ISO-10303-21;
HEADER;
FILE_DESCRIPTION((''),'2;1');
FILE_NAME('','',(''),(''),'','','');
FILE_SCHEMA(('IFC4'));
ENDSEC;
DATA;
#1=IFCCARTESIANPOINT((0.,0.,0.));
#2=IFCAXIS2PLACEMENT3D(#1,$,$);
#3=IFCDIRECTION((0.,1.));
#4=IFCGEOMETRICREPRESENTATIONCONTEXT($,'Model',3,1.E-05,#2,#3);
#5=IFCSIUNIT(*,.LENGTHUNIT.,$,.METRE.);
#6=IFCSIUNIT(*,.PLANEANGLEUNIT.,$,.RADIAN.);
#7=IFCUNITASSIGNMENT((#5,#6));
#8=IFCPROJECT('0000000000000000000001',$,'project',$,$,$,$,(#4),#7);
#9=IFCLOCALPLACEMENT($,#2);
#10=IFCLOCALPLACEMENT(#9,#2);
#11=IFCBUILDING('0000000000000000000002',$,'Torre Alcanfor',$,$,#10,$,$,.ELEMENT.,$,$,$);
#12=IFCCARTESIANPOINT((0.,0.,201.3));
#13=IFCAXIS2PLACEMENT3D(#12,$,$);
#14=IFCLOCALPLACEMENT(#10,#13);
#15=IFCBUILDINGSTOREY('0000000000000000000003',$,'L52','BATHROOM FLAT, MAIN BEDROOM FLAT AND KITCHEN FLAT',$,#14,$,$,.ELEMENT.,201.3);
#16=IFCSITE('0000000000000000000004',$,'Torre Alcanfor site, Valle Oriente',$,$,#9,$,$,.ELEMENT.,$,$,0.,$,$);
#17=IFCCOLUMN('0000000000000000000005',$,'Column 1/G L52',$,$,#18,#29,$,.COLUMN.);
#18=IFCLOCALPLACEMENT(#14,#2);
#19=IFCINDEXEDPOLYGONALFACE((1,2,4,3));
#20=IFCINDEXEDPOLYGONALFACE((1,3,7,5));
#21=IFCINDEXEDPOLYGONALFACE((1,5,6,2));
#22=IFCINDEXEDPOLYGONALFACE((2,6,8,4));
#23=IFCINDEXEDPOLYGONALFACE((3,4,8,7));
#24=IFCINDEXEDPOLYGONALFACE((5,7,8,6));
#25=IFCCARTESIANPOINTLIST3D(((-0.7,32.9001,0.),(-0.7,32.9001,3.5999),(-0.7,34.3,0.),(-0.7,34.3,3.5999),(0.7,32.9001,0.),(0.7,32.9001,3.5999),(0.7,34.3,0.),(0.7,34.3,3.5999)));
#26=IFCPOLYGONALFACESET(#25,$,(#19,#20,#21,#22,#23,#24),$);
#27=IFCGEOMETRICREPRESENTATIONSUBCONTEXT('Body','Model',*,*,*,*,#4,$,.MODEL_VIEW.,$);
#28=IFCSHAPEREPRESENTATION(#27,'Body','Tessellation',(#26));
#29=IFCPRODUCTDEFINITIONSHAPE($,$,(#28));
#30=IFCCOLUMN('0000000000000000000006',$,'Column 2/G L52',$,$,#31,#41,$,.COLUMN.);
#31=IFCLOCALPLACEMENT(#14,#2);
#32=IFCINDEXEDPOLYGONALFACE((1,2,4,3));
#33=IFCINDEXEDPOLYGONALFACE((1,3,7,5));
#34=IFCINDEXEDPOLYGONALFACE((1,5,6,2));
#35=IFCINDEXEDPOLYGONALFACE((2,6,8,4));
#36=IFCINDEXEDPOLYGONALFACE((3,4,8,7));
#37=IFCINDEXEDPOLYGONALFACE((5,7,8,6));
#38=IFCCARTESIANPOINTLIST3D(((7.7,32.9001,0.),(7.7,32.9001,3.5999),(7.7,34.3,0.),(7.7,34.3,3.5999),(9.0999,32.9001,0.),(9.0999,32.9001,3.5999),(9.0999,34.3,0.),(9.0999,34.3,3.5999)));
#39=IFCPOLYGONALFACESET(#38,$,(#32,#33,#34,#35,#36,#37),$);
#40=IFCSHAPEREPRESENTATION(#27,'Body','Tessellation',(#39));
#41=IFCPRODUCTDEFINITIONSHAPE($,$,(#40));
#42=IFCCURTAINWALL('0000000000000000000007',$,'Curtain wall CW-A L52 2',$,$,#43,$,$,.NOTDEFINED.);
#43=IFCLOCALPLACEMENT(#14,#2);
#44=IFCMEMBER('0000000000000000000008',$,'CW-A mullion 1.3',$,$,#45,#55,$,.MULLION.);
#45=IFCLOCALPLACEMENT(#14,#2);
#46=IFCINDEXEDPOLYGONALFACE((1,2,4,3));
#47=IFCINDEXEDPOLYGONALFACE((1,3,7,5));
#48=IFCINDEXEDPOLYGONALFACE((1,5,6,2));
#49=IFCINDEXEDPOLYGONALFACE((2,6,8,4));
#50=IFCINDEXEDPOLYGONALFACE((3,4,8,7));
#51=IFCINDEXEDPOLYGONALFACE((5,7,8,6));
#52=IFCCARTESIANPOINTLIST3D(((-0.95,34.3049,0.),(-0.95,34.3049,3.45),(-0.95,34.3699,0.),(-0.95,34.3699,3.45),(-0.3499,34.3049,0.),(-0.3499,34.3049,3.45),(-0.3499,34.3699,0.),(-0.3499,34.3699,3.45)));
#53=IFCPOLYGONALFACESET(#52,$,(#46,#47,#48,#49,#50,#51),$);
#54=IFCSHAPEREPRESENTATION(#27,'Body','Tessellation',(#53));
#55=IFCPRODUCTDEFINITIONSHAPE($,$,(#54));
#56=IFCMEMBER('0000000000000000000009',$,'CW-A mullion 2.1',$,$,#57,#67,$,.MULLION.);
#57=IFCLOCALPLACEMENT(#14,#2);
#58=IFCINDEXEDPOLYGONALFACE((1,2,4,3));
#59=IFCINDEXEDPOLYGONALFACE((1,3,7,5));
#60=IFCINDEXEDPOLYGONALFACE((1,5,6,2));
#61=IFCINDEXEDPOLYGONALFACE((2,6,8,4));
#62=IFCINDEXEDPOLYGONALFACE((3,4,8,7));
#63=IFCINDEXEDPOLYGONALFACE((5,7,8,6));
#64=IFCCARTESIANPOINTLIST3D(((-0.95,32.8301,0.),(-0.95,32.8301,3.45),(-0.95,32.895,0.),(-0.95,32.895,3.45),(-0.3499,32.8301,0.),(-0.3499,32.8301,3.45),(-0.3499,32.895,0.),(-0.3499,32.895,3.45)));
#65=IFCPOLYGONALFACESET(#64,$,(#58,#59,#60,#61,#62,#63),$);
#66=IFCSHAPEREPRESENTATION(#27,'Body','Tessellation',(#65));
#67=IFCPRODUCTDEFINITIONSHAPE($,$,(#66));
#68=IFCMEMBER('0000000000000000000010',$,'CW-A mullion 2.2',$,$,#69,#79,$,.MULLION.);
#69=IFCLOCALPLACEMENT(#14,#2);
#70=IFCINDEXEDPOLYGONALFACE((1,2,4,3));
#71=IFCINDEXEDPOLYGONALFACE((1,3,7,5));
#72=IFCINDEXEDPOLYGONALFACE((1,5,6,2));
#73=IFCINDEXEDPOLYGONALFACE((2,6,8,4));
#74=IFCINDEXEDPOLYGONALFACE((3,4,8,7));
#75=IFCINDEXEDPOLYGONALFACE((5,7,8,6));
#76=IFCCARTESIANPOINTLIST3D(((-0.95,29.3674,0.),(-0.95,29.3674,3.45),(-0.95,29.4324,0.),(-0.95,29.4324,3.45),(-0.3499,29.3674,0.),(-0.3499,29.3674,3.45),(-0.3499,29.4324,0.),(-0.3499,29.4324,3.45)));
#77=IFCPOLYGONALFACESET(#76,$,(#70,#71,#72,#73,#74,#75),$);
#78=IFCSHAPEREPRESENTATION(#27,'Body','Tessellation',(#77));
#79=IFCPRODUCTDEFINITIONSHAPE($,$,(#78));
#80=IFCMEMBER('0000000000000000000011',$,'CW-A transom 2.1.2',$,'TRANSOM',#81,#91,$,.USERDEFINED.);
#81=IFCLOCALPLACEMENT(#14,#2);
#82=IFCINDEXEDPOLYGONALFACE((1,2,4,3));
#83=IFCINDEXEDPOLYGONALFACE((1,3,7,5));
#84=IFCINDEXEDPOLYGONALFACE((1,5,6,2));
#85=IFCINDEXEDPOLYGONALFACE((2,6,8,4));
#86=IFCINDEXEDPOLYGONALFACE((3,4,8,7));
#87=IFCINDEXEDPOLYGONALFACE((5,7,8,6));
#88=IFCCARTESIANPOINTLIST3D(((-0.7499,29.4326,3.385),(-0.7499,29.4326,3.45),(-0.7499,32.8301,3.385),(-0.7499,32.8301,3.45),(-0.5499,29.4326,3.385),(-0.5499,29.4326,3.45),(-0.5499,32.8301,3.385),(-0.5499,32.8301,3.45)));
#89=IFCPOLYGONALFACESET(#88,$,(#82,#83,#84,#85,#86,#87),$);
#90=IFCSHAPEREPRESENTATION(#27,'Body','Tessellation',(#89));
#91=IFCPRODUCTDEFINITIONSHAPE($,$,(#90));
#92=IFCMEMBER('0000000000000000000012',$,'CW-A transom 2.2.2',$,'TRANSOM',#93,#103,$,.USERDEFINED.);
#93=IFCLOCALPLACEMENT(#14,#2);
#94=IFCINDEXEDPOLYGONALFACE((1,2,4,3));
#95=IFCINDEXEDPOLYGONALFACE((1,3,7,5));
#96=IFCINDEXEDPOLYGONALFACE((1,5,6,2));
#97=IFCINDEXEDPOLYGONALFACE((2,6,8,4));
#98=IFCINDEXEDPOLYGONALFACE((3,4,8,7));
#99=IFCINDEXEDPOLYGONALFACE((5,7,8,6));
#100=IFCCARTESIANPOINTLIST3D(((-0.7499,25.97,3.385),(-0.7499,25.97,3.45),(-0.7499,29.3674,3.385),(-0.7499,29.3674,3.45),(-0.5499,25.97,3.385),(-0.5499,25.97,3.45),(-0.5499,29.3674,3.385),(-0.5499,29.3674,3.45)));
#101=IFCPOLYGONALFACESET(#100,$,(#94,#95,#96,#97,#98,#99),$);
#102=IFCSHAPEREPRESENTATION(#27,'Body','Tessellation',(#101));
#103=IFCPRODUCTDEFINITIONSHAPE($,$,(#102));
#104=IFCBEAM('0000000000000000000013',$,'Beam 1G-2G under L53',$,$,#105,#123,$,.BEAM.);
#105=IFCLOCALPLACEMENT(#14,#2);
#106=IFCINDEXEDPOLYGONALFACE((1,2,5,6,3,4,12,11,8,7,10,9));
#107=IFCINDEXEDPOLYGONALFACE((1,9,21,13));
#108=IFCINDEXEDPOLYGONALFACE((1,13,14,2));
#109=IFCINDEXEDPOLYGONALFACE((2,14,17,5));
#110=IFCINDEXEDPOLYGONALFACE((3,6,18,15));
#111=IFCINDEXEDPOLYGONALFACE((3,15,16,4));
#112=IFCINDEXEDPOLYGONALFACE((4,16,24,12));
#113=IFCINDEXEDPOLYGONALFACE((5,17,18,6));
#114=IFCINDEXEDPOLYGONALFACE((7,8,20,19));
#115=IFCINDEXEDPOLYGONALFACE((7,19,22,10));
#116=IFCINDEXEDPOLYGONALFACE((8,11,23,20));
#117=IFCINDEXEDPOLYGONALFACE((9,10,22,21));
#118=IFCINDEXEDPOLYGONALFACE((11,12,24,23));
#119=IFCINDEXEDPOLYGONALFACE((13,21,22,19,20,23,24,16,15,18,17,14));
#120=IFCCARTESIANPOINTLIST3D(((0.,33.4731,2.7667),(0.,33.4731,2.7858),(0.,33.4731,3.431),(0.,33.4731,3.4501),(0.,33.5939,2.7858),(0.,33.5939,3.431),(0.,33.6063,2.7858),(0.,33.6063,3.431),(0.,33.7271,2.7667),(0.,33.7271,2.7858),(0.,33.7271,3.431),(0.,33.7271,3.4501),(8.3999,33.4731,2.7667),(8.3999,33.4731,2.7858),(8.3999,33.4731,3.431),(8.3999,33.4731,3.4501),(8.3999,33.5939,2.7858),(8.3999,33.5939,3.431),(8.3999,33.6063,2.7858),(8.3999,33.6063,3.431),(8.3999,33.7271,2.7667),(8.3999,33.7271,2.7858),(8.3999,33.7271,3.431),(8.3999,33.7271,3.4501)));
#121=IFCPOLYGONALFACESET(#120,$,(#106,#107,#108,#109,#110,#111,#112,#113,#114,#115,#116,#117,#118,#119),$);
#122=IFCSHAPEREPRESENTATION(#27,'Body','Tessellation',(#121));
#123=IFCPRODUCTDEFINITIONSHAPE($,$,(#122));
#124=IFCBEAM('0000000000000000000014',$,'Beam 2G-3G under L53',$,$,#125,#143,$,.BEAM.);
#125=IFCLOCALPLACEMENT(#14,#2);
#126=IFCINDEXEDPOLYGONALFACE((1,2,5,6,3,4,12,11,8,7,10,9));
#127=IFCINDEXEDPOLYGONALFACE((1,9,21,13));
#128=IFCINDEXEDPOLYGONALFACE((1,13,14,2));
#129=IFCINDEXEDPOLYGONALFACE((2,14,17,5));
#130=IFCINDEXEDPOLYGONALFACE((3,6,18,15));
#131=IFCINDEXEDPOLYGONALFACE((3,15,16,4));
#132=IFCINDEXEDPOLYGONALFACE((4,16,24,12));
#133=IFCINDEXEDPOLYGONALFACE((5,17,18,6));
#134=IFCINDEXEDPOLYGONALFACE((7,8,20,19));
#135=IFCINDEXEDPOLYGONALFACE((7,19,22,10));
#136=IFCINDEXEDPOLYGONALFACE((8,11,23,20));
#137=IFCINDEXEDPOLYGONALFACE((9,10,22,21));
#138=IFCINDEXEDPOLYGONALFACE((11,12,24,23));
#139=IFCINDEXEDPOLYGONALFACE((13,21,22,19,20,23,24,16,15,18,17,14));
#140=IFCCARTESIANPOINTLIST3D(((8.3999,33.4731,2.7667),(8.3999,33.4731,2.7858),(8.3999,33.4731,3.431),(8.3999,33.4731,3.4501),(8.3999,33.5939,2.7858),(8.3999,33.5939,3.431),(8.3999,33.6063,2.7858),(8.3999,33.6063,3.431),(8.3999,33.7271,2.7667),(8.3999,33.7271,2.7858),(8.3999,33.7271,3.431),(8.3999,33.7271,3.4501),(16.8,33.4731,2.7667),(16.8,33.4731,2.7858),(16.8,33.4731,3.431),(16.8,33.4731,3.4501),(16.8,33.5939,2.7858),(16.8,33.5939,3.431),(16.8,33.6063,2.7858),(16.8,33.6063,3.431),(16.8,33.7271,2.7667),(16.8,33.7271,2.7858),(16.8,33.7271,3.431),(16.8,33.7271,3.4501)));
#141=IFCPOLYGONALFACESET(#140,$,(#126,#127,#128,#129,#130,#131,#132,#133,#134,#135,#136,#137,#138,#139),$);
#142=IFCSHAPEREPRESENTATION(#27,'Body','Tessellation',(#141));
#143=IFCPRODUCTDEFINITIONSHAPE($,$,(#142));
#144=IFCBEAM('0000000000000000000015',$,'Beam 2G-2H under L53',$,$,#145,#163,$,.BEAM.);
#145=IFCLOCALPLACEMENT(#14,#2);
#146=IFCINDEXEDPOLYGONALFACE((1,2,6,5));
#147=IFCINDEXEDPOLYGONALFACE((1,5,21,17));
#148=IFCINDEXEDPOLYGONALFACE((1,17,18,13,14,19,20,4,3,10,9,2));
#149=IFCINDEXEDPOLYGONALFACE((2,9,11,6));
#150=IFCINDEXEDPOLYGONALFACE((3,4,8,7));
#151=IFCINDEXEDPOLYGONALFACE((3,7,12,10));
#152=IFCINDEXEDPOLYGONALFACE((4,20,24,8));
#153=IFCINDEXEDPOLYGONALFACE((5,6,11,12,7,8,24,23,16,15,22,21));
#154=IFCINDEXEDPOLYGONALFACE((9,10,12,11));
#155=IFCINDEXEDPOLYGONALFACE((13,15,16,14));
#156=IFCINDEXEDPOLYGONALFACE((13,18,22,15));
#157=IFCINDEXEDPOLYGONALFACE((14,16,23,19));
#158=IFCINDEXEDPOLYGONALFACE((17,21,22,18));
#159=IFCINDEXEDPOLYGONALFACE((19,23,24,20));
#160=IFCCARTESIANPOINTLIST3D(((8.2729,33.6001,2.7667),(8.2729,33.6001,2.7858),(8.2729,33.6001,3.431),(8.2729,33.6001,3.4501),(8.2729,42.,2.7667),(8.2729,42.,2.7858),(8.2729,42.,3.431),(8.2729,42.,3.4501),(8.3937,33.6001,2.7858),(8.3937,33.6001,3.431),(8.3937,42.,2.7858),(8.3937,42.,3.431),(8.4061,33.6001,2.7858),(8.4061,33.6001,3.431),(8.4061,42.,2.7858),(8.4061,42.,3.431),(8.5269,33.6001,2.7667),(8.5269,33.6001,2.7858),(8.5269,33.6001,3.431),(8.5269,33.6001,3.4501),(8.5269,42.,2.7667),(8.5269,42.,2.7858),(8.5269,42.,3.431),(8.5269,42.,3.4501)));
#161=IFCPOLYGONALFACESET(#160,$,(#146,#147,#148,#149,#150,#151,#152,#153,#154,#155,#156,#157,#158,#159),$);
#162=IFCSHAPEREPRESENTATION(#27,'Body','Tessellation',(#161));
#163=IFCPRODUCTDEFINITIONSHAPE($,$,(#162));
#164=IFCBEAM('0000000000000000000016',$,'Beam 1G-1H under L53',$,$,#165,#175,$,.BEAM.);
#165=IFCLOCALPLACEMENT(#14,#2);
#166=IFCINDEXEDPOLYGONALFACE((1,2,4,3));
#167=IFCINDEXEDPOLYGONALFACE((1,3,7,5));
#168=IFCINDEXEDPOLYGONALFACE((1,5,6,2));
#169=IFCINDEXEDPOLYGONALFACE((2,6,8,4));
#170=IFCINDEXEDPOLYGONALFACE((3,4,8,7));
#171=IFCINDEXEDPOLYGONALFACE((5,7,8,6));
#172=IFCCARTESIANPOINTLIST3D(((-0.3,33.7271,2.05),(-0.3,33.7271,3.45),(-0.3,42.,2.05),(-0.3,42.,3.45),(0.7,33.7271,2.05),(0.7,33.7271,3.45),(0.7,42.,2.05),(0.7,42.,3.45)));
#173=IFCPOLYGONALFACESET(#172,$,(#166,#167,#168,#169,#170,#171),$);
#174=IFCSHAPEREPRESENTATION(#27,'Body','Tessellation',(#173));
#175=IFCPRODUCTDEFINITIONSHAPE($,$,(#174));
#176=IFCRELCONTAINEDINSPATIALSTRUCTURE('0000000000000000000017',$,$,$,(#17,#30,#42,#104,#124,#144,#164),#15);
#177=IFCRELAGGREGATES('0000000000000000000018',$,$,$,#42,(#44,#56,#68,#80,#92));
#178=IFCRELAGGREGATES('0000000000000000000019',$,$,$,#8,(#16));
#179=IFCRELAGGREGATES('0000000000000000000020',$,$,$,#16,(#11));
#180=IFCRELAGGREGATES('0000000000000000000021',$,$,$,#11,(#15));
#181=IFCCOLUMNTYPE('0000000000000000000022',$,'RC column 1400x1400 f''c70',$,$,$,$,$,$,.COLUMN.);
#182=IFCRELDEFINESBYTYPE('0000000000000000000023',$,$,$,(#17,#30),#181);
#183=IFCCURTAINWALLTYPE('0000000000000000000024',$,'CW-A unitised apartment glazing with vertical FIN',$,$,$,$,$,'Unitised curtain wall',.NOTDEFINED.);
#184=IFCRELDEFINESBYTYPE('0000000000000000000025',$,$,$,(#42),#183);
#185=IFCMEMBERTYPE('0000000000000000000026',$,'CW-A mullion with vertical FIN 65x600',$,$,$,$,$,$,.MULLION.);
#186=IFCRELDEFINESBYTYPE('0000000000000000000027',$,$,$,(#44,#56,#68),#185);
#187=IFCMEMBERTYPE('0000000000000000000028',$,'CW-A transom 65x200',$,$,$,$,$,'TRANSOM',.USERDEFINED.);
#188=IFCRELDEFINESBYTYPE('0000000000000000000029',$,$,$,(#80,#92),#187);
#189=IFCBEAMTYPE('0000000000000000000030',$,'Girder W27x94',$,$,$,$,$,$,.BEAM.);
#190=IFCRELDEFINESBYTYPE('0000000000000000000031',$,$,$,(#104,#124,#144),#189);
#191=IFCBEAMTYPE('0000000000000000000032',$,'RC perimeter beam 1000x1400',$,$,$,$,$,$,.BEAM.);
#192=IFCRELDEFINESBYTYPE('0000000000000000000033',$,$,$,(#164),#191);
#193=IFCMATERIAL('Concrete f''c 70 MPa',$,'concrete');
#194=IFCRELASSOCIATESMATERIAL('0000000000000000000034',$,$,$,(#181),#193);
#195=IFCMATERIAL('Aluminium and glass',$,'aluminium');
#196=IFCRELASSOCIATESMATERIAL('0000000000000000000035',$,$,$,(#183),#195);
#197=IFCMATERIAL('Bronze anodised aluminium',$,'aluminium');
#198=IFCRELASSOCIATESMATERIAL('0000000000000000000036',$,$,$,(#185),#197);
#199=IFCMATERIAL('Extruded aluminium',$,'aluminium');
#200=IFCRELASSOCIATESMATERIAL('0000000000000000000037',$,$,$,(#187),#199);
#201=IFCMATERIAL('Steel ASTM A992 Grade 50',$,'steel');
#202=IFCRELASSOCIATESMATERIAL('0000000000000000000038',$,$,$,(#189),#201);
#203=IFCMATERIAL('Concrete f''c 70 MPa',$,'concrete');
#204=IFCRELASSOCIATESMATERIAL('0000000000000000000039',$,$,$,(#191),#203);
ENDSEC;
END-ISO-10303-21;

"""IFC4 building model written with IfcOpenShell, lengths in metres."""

from ifc_helpers import new_model, si_unit, direction, frame, origin, origin_2d, place, context, subcontext, project, spatial, rectangle, i_section, extrude, material, material_profile, profile_set, type_object, element, aggregate, save


model = new_model("IFC4")

# Units and contexts
model_context = context("Model", 3, precision=1e-05, world=origin(), true_north=direction((0.0, 1.0)))
body_context = subcontext(model_context, "Body", "Model", "MODEL_VIEW")
ifc_project = project(units=[si_unit("LENGTHUNIT", "METRE"), si_unit("PLANEANGLEUNIT", "RADIAN")], contexts=[model_context])

# Site, building, storey
site_placement = place(None, origin())
site = spatial("IfcSite", under=ifc_project, at=site_placement, Name="Torre Alcanfor site, Valle Oriente", CompositionType="ELEMENT", RefElevation=0.0)
building_placement = place(site_placement, origin())
building = spatial("IfcBuilding", under=site, at=building_placement, Name="Torre Alcanfor", CompositionType="ELEMENT")
storey_placement = place(building_placement, frame((0.0, 0.0, 201.3)))
storey = spatial("IfcBuildingStorey", under=building, at=storey_placement, Name="L52", Description="BATHROOM FLAT, MAIN BEDROOM FLAT AND KITCHEN FLAT", CompositionType="ELEMENT", Elevation=201.3)

# Columns
ifc_material_1 = material(Name="Concrete f'c 70 MPa", Category="concrete")
ifc_material_profile_1 = material_profile(ifc_material_1, rectangle(XDim=1.3999, YDim=1.3999, at=origin_2d()), Name="1400x1400")
ifc_profile_set_1 = profile_set([ifc_material_profile_1], Name="Concrete f'c 70 MPa")
column_type = type_object("IfcColumnType", Name="RC column 1400x1400 f'c70", PredefinedType="COLUMN", material=ifc_profile_set_1)
for number, where, z_axis, x_axis, name in (
    (1, (0.0, 33.6001, 0.0), (0.0, 0.0, 1.0), (1.0, 0.0, 0.0), "Column 1/G L52"),
    (2, (8.3999, 33.6001, 0.0), (0.0, 0.0, 1.0), (1.0, 0.0, 0.0), "Column 2/G L52"),
):
    element("IfcColumn", number, at=place(storey_placement, frame(where, z_axis=z_axis, x_axis=x_axis)), inside=storey, type_object=column_type, Name=name, PredefinedType="COLUMN", context=body_context, shape_type="SweptSolid", body=[
        extrude(rectangle(XDim=1.3999, YDim=1.3999, at=origin_2d()), origin(), (0.0, 0.0, 1.0), 3.5999),
    ])

# Curtain wall, members
ifc_material_2 = material(Name="Aluminium and glass", Category="aluminium")
curtain_wall_type = type_object("IfcCurtainWallType", Name="CW-A unitised apartment glazing with vertical FIN", ElementType="Unitised curtain wall", PredefinedType="NOTDEFINED", material=ifc_material_2)
curtain_wall_placement = place(storey_placement, origin())
curtain_wall = element("IfcCurtainWall", 3, at=curtain_wall_placement, inside=storey, type_object=curtain_wall_type, Name="Curtain wall CW-A L52 2", PredefinedType="NOTDEFINED")
ifc_material_3 = material(Name="Bronze anodised aluminium", Category="aluminium")
ifc_material_profile_2 = material_profile(ifc_material_3, rectangle(XDim=0.6001, YDim=0.0649, at=origin_2d()), Name="CW-A mullion 65x600")
ifc_profile_set_2 = profile_set([ifc_material_profile_2], Name="Bronze anodised aluminium")
member_type_1 = type_object("IfcMemberType", Name="CW-A mullion with vertical FIN 65x600", PredefinedType="MULLION", material=ifc_profile_set_2)
member_1_placement = place(storey_placement, frame((-0.6499, 34.3374, 0.0), z_axis=(0.0, 0.0, 1.0), x_axis=(1.0, 0.0, 0.0)))
member_1 = element("IfcMember", 4, at=member_1_placement, type_object=member_type_1, Name="CW-A mullion 1.3", PredefinedType="MULLION", context=body_context, shape_type="SweptSolid", body=[
    extrude(rectangle(XDim=0.6001, YDim=0.0649, at=origin_2d()), origin(), (0.0, 0.0, 1.0), 3.45),
])
member_2_placement = place(storey_placement, frame((-0.6499, 32.8625, 0.0), z_axis=(0.0, 0.0, 1.0), x_axis=(1.0, 0.0, 0.0)))
member_2 = element("IfcMember", 5, at=member_2_placement, type_object=member_type_1, Name="CW-A mullion 2.1", PredefinedType="MULLION", context=body_context, shape_type="SweptSolid", body=[
    extrude(rectangle(XDim=0.6001, YDim=0.0649, at=origin_2d()), origin(), (0.0, 0.0, 1.0), 3.45),
])
member_3_placement = place(storey_placement, frame((-0.6499, 29.3999, 0.0), z_axis=(0.0, 0.0, 1.0), x_axis=(1.0, 0.0, 0.0)))
member_3 = element("IfcMember", 6, at=member_3_placement, type_object=member_type_1, Name="CW-A mullion 2.2", PredefinedType="MULLION", context=body_context, shape_type="SweptSolid", body=[
    extrude(rectangle(XDim=0.6001, YDim=0.0649, at=origin_2d()), origin(), (0.0, 0.0, 1.0), 3.45),
])
ifc_material_4 = material(Name="Extruded aluminium", Category="aluminium")
ifc_material_profile_3 = material_profile(ifc_material_4, rectangle(XDim=0.2, YDim=0.0649, at=origin_2d()), Name="CW-A transom 200x65")
ifc_profile_set_3 = profile_set([ifc_material_profile_3], Name="Extruded aluminium")
member_type_2 = type_object("IfcMemberType", Name="CW-A transom 65x200", ElementType="TRANSOM", PredefinedType="USERDEFINED", material=ifc_profile_set_3)
member_4_placement = place(storey_placement, frame((-0.6499, 32.8301, 3.4175), z_axis=(0.0, -1.0, 0.0), x_axis=(1.0, 0.0, 0.0)))
member_4 = element("IfcMember", 7, at=member_4_placement, type_object=member_type_2, Name="CW-A transom 2.1.2", ObjectType="TRANSOM", PredefinedType="USERDEFINED", context=body_context, shape_type="SweptSolid", body=[
    extrude(rectangle(XDim=0.2, YDim=0.0649, at=origin_2d()), origin(), (0.0, 0.0, 1.0), 3.3975),
])
member_5_placement = place(storey_placement, frame((-0.6499, 29.3674, 3.4175), z_axis=(0.0, -1.0, 0.0), x_axis=(1.0, 0.0, 0.0)))
member_5 = element("IfcMember", 8, at=member_5_placement, type_object=member_type_2, Name="CW-A transom 2.2.2", ObjectType="TRANSOM", PredefinedType="USERDEFINED", context=body_context, shape_type="SweptSolid", body=[
    extrude(rectangle(XDim=0.2, YDim=0.0649, at=origin_2d()), origin(), (0.0, 0.0, 1.0), 3.3975),
])

# Beams
ifc_material_5 = material(Name="Steel ASTM A992 Grade 50", Category="steel")
ifc_material_profile_4 = material_profile(ifc_material_5, i_section(OverallWidth=0.2539, OverallDepth=0.6833, WebThickness=0.0125, FlangeThickness=0.019, at=origin_2d()), Name="W27x94")
ifc_profile_set_4 = profile_set([ifc_material_profile_4], Name="Steel ASTM A992 Grade 50")
beam_type_1 = type_object("IfcBeamType", Name="Girder W27x94", PredefinedType="BEAM", material=ifc_profile_set_4)
beam_1_placement = place(storey_placement, frame((0.0, 33.6001, 3.1084), z_axis=(1.0, 0.0, 0.0), x_axis=(0.0, 1.0, 0.0)))
element("IfcBeam", 9, at=beam_1_placement, inside=storey, type_object=beam_type_1, Name="Beam 1G-2G under L53", PredefinedType="BEAM", context=body_context, shape_type="SweptSolid", body=[
    extrude(i_section(OverallWidth=0.2539, OverallDepth=0.6833, WebThickness=0.0125, FlangeThickness=0.019, at=origin_2d()), origin(), (0.0, 0.0, 1.0), 8.3999),
])
beam_2_placement = place(storey_placement, frame((8.3999, 33.6001, 3.1084), z_axis=(1.0, 0.0, 0.0), x_axis=(0.0, 1.0, 0.0)))
element("IfcBeam", 10, at=beam_2_placement, inside=storey, type_object=beam_type_1, Name="Beam 2G-3G under L53", PredefinedType="BEAM", context=body_context, shape_type="SweptSolid", body=[
    extrude(i_section(OverallWidth=0.2539, OverallDepth=0.6833, WebThickness=0.0125, FlangeThickness=0.019, at=origin_2d()), origin(), (0.0, 0.0, 1.0), 8.4001),
])
beam_3_placement = place(storey_placement, frame((8.3999, 33.6001, 3.1084), z_axis=(0.0, 1.0, 0.0), x_axis=(-1.0, 0.0, 0.0)))
element("IfcBeam", 11, at=beam_3_placement, inside=storey, type_object=beam_type_1, Name="Beam 2G-2H under L53", PredefinedType="BEAM", context=body_context, shape_type="SweptSolid", body=[
    extrude(i_section(OverallWidth=0.2539, OverallDepth=0.6833, WebThickness=0.0125, FlangeThickness=0.019, at=origin_2d()), origin(), (0.0, 0.0, 1.0), 8.3999),
])
ifc_material_6 = material(Name="Concrete f'c 70 MPa", Category="concrete")
ifc_material_profile_5 = material_profile(ifc_material_6, rectangle(XDim=1.0, YDim=1.3999, at=origin_2d()), Name="1000x1400")
ifc_profile_set_5 = profile_set([ifc_material_profile_5], Name="Concrete f'c 70 MPa")
beam_type_2 = type_object("IfcBeamType", Name="RC perimeter beam 1000x1400", PredefinedType="BEAM", material=ifc_profile_set_5)
beam_4_placement = place(storey_placement, frame((0.2, 33.7271, 2.75), z_axis=(0.0, 1.0, 0.0), x_axis=(-1.0, 0.0, 0.0)))
element("IfcBeam", 12, at=beam_4_placement, inside=storey, type_object=beam_type_2, Name="Beam 1G-1H under L53", PredefinedType="BEAM", context=body_context, shape_type="SweptSolid", body=[
    extrude(rectangle(XDim=1.0, YDim=1.3999, at=origin_2d()), origin(), (0.0, 0.0, 1.0), 8.2729),
])

aggregate(curtain_wall, [member_1, member_2, member_3, member_4, member_5])

save(model, "model.ifc")
